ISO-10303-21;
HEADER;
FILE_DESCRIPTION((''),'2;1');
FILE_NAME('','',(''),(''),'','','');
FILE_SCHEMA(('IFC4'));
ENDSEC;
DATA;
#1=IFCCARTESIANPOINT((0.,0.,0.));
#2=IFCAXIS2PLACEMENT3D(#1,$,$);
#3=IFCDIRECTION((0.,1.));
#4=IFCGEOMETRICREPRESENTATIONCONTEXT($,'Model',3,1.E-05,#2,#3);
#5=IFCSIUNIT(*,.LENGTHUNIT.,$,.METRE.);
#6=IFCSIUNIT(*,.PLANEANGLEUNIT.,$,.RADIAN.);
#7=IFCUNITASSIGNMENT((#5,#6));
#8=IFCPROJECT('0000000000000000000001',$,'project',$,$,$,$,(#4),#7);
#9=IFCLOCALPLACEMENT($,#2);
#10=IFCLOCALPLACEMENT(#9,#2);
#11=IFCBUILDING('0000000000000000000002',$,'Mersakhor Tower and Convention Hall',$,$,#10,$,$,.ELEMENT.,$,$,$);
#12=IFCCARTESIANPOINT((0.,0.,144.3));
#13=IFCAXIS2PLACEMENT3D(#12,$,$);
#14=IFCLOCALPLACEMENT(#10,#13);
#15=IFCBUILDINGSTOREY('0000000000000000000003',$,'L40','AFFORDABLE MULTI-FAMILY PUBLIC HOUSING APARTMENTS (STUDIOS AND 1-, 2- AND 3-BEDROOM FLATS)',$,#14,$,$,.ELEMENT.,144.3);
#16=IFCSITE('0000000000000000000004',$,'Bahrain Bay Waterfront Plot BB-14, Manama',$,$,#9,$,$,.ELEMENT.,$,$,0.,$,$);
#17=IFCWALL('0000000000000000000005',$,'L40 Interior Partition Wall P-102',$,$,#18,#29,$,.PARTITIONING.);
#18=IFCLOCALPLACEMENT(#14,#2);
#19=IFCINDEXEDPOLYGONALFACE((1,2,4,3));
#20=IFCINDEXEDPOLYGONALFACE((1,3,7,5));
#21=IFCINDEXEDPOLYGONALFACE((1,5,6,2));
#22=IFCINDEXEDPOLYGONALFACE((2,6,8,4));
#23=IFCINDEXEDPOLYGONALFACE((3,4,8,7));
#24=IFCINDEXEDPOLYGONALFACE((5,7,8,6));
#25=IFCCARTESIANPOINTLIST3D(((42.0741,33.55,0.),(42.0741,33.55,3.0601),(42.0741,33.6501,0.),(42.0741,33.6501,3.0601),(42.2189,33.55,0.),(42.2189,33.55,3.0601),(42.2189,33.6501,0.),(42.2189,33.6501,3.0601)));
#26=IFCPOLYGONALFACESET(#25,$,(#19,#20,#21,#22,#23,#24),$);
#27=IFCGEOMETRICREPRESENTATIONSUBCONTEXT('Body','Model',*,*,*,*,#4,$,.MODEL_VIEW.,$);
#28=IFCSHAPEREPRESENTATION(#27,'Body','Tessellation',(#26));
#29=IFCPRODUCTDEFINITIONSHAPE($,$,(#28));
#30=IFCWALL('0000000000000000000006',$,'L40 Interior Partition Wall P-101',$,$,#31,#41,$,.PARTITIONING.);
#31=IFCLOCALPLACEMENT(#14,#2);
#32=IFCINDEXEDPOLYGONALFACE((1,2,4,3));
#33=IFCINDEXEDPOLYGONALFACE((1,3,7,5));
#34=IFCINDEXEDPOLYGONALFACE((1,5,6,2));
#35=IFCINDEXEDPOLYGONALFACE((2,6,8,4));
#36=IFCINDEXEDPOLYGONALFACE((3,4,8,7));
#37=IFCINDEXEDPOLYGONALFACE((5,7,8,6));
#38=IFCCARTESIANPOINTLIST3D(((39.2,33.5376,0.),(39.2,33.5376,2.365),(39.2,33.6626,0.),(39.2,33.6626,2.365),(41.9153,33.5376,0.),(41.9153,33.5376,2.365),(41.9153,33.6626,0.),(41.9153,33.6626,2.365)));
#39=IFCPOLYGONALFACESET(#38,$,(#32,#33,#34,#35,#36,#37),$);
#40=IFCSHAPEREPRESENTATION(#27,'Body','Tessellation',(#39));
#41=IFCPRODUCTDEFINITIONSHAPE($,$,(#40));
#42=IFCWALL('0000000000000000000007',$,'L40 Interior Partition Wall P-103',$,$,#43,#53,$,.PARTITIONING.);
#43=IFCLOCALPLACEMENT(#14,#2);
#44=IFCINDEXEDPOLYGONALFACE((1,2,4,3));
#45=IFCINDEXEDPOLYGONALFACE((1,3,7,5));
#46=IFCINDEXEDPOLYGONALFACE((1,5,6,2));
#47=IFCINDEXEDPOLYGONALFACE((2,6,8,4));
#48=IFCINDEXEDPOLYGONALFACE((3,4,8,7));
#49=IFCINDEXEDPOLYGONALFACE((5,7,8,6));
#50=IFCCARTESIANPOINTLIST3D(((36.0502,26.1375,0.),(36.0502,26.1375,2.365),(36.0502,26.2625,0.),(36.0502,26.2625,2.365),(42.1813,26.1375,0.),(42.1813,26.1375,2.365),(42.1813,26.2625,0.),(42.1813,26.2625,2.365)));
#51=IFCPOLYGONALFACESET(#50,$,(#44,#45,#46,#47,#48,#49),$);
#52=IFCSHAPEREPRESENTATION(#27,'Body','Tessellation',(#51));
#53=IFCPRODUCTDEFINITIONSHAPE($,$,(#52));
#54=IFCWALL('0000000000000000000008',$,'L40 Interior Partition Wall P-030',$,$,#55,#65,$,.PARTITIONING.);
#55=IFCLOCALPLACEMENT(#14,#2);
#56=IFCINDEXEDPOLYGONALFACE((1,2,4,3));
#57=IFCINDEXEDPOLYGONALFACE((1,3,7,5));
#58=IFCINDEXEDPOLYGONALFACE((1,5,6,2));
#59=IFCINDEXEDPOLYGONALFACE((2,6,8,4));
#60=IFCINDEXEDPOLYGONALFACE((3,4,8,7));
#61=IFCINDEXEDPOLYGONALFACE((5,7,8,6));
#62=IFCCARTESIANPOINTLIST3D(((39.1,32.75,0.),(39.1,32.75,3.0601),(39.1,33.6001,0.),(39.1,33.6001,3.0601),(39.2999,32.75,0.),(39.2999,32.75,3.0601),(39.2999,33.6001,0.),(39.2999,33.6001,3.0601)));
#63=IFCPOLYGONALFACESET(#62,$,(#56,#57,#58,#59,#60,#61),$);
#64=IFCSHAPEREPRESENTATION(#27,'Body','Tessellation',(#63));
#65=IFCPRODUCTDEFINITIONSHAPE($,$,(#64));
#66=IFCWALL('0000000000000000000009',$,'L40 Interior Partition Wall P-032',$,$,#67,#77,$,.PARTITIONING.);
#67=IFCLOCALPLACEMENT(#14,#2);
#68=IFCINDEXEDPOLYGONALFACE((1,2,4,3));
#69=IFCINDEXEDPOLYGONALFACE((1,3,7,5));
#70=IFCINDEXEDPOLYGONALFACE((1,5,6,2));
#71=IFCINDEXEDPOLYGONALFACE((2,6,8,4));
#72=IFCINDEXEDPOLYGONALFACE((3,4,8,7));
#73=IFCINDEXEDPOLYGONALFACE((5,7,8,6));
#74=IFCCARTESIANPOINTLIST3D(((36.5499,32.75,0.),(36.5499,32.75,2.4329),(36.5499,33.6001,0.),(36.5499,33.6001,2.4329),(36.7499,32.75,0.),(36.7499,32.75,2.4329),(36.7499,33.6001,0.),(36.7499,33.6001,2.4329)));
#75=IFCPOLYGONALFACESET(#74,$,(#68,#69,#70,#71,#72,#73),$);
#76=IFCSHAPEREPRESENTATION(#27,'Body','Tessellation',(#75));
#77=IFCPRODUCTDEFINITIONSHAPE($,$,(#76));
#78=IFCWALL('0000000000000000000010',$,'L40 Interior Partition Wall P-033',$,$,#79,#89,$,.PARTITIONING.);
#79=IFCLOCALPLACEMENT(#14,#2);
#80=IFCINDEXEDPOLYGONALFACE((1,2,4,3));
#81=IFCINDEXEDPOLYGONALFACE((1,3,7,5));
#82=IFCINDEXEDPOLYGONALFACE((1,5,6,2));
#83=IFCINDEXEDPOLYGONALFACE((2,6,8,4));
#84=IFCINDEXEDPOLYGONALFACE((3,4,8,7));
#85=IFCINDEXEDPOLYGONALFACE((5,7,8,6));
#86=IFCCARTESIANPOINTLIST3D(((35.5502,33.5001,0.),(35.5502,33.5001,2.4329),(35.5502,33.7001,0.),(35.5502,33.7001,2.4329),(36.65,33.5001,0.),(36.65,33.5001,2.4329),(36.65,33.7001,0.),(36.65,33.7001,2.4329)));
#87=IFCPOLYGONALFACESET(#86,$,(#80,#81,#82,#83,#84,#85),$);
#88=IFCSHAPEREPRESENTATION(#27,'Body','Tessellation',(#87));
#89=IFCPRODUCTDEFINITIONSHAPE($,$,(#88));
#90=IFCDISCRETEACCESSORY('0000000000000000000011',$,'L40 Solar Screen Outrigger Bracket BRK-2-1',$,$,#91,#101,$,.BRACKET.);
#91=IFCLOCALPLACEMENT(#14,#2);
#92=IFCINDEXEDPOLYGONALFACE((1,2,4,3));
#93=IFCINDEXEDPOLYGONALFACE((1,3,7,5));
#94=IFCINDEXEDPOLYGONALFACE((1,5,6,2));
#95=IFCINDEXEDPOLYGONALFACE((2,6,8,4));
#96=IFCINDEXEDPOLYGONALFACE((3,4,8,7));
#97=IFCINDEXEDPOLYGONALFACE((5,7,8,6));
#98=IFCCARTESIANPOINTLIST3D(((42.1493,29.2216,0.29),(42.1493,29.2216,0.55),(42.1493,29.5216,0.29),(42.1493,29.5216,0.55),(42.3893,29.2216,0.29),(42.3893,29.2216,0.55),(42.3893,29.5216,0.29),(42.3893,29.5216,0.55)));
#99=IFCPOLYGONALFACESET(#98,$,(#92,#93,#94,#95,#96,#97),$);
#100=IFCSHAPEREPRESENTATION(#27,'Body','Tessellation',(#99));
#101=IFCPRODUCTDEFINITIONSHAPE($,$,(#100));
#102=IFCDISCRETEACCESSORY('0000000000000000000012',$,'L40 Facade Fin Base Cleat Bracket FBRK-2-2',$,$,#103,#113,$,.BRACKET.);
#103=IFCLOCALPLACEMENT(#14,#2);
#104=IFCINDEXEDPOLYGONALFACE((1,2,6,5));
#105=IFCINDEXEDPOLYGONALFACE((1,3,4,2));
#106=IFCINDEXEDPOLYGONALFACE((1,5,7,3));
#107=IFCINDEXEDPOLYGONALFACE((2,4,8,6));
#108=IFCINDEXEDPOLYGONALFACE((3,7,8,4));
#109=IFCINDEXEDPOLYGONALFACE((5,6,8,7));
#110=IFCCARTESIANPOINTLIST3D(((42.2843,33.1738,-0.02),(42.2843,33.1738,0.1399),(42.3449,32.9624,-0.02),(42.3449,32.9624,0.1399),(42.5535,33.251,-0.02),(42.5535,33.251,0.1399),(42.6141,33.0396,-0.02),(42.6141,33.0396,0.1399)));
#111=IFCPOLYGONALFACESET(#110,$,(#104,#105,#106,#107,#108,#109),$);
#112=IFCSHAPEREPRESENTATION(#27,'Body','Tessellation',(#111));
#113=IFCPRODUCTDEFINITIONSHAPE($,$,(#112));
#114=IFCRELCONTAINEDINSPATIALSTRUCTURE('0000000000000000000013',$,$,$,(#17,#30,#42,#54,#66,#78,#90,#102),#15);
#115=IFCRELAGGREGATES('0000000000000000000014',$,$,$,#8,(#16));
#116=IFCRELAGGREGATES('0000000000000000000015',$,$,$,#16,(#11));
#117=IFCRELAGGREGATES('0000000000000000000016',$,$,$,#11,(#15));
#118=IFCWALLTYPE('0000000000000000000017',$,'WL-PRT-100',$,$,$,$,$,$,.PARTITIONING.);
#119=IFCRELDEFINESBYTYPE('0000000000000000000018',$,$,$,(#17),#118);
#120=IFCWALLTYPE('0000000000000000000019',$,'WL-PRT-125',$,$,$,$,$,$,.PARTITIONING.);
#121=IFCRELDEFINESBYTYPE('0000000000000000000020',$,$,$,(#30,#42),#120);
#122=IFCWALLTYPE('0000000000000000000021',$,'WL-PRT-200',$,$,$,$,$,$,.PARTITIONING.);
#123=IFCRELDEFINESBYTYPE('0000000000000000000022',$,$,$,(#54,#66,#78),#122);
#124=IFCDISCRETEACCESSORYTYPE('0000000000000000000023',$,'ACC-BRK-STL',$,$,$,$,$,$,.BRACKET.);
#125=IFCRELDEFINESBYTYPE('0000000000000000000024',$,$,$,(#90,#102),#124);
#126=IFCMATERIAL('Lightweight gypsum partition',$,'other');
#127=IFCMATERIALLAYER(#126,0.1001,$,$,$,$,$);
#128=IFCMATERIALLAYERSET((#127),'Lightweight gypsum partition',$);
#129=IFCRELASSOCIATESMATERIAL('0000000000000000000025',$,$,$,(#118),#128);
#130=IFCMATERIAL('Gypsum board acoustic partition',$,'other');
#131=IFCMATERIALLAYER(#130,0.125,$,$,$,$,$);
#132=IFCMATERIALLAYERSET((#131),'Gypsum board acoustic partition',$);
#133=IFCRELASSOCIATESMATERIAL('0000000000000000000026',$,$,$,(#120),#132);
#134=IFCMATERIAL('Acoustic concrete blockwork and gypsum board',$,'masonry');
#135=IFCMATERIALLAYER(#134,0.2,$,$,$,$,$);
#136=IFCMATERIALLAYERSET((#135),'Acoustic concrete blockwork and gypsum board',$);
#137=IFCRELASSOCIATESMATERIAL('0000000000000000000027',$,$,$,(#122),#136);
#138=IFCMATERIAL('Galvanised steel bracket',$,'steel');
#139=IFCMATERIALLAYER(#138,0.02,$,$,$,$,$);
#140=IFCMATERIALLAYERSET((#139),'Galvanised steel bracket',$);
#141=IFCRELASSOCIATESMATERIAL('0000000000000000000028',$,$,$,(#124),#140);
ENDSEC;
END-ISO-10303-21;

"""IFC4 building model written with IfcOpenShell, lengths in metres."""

from ifc_helpers import new_model, si_unit, direction, frame, frame_2d, origin, origin_2d, place, context, subcontext, project, spatial, rectangle, extrude, material, layer, layer_set, type_object, element, save


model = new_model("IFC4")

# Units and contexts
model_context = context("Model", 3, precision=1e-05, world=origin(), true_north=direction((0.0, 1.0)))
body_context = subcontext(model_context, "Body", "Model", "MODEL_VIEW")
ifc_project = project(units=[si_unit("LENGTHUNIT", "METRE"), si_unit("PLANEANGLEUNIT", "RADIAN")], contexts=[model_context])

# Site, building, storey
site_placement = place(None, origin())
site = spatial("IfcSite", under=ifc_project, at=site_placement, Name="Bahrain Bay Waterfront Plot BB-14, Manama", CompositionType="ELEMENT", RefElevation=0.0)
building_placement = place(site_placement, origin())
building = spatial("IfcBuilding", under=site, at=building_placement, Name="Mersakhor Tower and Convention Hall", CompositionType="ELEMENT")
storey_placement = place(building_placement, frame((0.0, 0.0, 144.3)))
storey = spatial("IfcBuildingStorey", under=building, at=storey_placement, Name="L40", Description="AFFORDABLE MULTI-FAMILY PUBLIC HOUSING APARTMENTS (STUDIOS AND 1-, 2- AND 3-BEDROOM FLATS)", CompositionType="ELEMENT", Elevation=144.3)

# Walls
ifc_material_1 = material(Name="Lightweight gypsum partition", Category="other")
ifc_layer_1 = layer(ifc_material_1, 0.1001)
ifc_layer_set_1 = layer_set([ifc_layer_1], Name="Lightweight gypsum partition")
wall_type_1 = type_object("IfcWallType", Name="WL-PRT-100", PredefinedType="PARTITIONING", material=ifc_layer_set_1)
wall_1_placement = place(storey_placement, frame((42.0742, 33.6001, 0.0), z_axis=(0.0, 0.0, 1.0), x_axis=(1.0, 0.0, 0.0)))
element("IfcWall", 1, at=wall_1_placement, inside=storey, type_object=wall_type_1, Name="L40 Interior Partition Wall P-102", PredefinedType="PARTITIONING", context=body_context, shape_type="SweptSolid", body=[
    extrude(rectangle(XDim=0.1448, YDim=0.1001, at=frame_2d((0.0723, 0.0))), origin(), (0.0, 0.0, 1.0), 3.0601),
])
ifc_material_2 = material(Name="Gypsum board acoustic partition", Category="other")
ifc_layer_2 = layer(ifc_material_2, 0.125)
ifc_layer_set_2 = layer_set([ifc_layer_2], Name="Gypsum board acoustic partition")
wall_type_2 = type_object("IfcWallType", Name="WL-PRT-125", PredefinedType="PARTITIONING", material=ifc_layer_set_2)
wall_2_placement = place(storey_placement, frame((39.2, 33.6001, 0.0), z_axis=(0.0, 0.0, 1.0), x_axis=(1.0, 0.0, 0.0)))
element("IfcWall", 2, at=wall_2_placement, inside=storey, type_object=wall_type_2, Name="L40 Interior Partition Wall P-101", PredefinedType="PARTITIONING", context=body_context, shape_type="SweptSolid", body=[
    extrude(rectangle(XDim=2.7153, YDim=0.125, at=frame_2d((1.3577, 0.0))), origin(), (0.0, 0.0, 1.0), 2.365),
])
wall_3_placement = place(storey_placement, frame((42.1812, 26.2, 0.0), z_axis=(0.0, 0.0, 1.0), x_axis=(-1.0, 0.0, 0.0)))
element("IfcWall", 3, at=wall_3_placement, inside=storey, type_object=wall_type_2, Name="L40 Interior Partition Wall P-103", PredefinedType="PARTITIONING", context=body_context, shape_type="SweptSolid", body=[
    extrude(rectangle(XDim=6.1311, YDim=0.125, at=frame_2d((3.0654, 0.0))), origin(), (0.0, 0.0, 1.0), 2.365),
])
ifc_material_3 = material(Name="Acoustic concrete blockwork and gypsum board", Category="masonry")
ifc_layer_3 = layer(ifc_material_3, 0.2)
ifc_layer_set_3 = layer_set([ifc_layer_3], Name="Acoustic concrete blockwork and gypsum board")
wall_type_3 = type_object("IfcWallType", Name="WL-PRT-200", PredefinedType="PARTITIONING", material=ifc_layer_set_3)
wall_4_placement = place(storey_placement, frame((39.2, 33.6001, 0.0), z_axis=(0.0, 0.0, 1.0), x_axis=(0.0, -1.0, 0.0)))
element("IfcWall", 4, at=wall_4_placement, inside=storey, type_object=wall_type_3, Name="L40 Interior Partition Wall P-030", PredefinedType="PARTITIONING", context=body_context, shape_type="SweptSolid", body=[
    extrude(rectangle(XDim=0.8501, YDim=0.2, at=frame_2d((0.425, 0.0))), origin(), (0.0, 0.0, 1.0), 3.0601),
])

# Walls
wall_5_placement = place(storey_placement, frame((36.6499, 32.75, 0.0), z_axis=(0.0, 0.0, 1.0), x_axis=(0.0, 1.0, 0.0)))
element("IfcWall", 5, at=wall_5_placement, inside=storey, type_object=wall_type_3, Name="L40 Interior Partition Wall P-032", PredefinedType="PARTITIONING", context=body_context, shape_type="SweptSolid", body=[
    extrude(rectangle(XDim=0.8501, YDim=0.2, at=frame_2d((0.425, 0.0))), origin(), (0.0, 0.0, 1.0), 2.4329),
])
wall_6_placement = place(storey_placement, frame((36.6499, 33.6001, 0.0), z_axis=(0.0, 0.0, 1.0), x_axis=(-1.0, 0.0, 0.0)))
element("IfcWall", 6, at=wall_6_placement, inside=storey, type_object=wall_type_3, Name="L40 Interior Partition Wall P-033", PredefinedType="PARTITIONING", context=body_context, shape_type="SweptSolid", body=[
    extrude(rectangle(XDim=1.0999, YDim=0.2, at=frame_2d((0.5498, 0.0))), origin(), (0.0, 0.0, 1.0), 2.4329),
])

# Discrete accessories
ifc_material_4 = material(Name="Galvanised steel bracket", Category="steel")
ifc_layer_4 = layer(ifc_material_4, 0.02)
ifc_layer_set_4 = layer_set([ifc_layer_4], Name="Galvanised steel bracket")
discrete_accessory_type = type_object("IfcDiscreteAccessoryType", Name="ACC-BRK-STL", PredefinedType="BRACKET", material=ifc_layer_set_4)
discrete_accessory_1_placement = place(storey_placement, frame((42.2693, 29.3716, 0.29), z_axis=(0.0, 0.0, 1.0), x_axis=(0.0, -1.0, 0.0)))
element("IfcDiscreteAccessory", 7, at=discrete_accessory_1_placement, inside=storey, type_object=discrete_accessory_type, Name="L40 Solar Screen Outrigger Bracket BRK-2-1", PredefinedType="BRACKET", context=body_context, shape_type="SweptSolid", body=[
    extrude(rectangle(XDim=0.3, YDim=0.24, at=origin_2d()), origin(), (0.0, 0.0, 1.0), 0.26),
])
discrete_accessory_2_placement = place(storey_placement, frame((42.4492, 33.1067, -0.02), z_axis=(0.0, 0.0, 1.0), x_axis=(0.961262, 0.275637, 0.0)))
element("IfcDiscreteAccessory", 8, at=discrete_accessory_2_placement, inside=storey, type_object=discrete_accessory_type, Name="L40 Facade Fin Base Cleat Bracket FBRK-2-2", PredefinedType="BRACKET", context=body_context, shape_type="SweptSolid", body=[
    extrude(rectangle(XDim=0.28, YDim=0.22, at=origin_2d()), origin(), (0.0, 0.0, 1.0), 0.1599),
])

save(model, "model.ifc")
